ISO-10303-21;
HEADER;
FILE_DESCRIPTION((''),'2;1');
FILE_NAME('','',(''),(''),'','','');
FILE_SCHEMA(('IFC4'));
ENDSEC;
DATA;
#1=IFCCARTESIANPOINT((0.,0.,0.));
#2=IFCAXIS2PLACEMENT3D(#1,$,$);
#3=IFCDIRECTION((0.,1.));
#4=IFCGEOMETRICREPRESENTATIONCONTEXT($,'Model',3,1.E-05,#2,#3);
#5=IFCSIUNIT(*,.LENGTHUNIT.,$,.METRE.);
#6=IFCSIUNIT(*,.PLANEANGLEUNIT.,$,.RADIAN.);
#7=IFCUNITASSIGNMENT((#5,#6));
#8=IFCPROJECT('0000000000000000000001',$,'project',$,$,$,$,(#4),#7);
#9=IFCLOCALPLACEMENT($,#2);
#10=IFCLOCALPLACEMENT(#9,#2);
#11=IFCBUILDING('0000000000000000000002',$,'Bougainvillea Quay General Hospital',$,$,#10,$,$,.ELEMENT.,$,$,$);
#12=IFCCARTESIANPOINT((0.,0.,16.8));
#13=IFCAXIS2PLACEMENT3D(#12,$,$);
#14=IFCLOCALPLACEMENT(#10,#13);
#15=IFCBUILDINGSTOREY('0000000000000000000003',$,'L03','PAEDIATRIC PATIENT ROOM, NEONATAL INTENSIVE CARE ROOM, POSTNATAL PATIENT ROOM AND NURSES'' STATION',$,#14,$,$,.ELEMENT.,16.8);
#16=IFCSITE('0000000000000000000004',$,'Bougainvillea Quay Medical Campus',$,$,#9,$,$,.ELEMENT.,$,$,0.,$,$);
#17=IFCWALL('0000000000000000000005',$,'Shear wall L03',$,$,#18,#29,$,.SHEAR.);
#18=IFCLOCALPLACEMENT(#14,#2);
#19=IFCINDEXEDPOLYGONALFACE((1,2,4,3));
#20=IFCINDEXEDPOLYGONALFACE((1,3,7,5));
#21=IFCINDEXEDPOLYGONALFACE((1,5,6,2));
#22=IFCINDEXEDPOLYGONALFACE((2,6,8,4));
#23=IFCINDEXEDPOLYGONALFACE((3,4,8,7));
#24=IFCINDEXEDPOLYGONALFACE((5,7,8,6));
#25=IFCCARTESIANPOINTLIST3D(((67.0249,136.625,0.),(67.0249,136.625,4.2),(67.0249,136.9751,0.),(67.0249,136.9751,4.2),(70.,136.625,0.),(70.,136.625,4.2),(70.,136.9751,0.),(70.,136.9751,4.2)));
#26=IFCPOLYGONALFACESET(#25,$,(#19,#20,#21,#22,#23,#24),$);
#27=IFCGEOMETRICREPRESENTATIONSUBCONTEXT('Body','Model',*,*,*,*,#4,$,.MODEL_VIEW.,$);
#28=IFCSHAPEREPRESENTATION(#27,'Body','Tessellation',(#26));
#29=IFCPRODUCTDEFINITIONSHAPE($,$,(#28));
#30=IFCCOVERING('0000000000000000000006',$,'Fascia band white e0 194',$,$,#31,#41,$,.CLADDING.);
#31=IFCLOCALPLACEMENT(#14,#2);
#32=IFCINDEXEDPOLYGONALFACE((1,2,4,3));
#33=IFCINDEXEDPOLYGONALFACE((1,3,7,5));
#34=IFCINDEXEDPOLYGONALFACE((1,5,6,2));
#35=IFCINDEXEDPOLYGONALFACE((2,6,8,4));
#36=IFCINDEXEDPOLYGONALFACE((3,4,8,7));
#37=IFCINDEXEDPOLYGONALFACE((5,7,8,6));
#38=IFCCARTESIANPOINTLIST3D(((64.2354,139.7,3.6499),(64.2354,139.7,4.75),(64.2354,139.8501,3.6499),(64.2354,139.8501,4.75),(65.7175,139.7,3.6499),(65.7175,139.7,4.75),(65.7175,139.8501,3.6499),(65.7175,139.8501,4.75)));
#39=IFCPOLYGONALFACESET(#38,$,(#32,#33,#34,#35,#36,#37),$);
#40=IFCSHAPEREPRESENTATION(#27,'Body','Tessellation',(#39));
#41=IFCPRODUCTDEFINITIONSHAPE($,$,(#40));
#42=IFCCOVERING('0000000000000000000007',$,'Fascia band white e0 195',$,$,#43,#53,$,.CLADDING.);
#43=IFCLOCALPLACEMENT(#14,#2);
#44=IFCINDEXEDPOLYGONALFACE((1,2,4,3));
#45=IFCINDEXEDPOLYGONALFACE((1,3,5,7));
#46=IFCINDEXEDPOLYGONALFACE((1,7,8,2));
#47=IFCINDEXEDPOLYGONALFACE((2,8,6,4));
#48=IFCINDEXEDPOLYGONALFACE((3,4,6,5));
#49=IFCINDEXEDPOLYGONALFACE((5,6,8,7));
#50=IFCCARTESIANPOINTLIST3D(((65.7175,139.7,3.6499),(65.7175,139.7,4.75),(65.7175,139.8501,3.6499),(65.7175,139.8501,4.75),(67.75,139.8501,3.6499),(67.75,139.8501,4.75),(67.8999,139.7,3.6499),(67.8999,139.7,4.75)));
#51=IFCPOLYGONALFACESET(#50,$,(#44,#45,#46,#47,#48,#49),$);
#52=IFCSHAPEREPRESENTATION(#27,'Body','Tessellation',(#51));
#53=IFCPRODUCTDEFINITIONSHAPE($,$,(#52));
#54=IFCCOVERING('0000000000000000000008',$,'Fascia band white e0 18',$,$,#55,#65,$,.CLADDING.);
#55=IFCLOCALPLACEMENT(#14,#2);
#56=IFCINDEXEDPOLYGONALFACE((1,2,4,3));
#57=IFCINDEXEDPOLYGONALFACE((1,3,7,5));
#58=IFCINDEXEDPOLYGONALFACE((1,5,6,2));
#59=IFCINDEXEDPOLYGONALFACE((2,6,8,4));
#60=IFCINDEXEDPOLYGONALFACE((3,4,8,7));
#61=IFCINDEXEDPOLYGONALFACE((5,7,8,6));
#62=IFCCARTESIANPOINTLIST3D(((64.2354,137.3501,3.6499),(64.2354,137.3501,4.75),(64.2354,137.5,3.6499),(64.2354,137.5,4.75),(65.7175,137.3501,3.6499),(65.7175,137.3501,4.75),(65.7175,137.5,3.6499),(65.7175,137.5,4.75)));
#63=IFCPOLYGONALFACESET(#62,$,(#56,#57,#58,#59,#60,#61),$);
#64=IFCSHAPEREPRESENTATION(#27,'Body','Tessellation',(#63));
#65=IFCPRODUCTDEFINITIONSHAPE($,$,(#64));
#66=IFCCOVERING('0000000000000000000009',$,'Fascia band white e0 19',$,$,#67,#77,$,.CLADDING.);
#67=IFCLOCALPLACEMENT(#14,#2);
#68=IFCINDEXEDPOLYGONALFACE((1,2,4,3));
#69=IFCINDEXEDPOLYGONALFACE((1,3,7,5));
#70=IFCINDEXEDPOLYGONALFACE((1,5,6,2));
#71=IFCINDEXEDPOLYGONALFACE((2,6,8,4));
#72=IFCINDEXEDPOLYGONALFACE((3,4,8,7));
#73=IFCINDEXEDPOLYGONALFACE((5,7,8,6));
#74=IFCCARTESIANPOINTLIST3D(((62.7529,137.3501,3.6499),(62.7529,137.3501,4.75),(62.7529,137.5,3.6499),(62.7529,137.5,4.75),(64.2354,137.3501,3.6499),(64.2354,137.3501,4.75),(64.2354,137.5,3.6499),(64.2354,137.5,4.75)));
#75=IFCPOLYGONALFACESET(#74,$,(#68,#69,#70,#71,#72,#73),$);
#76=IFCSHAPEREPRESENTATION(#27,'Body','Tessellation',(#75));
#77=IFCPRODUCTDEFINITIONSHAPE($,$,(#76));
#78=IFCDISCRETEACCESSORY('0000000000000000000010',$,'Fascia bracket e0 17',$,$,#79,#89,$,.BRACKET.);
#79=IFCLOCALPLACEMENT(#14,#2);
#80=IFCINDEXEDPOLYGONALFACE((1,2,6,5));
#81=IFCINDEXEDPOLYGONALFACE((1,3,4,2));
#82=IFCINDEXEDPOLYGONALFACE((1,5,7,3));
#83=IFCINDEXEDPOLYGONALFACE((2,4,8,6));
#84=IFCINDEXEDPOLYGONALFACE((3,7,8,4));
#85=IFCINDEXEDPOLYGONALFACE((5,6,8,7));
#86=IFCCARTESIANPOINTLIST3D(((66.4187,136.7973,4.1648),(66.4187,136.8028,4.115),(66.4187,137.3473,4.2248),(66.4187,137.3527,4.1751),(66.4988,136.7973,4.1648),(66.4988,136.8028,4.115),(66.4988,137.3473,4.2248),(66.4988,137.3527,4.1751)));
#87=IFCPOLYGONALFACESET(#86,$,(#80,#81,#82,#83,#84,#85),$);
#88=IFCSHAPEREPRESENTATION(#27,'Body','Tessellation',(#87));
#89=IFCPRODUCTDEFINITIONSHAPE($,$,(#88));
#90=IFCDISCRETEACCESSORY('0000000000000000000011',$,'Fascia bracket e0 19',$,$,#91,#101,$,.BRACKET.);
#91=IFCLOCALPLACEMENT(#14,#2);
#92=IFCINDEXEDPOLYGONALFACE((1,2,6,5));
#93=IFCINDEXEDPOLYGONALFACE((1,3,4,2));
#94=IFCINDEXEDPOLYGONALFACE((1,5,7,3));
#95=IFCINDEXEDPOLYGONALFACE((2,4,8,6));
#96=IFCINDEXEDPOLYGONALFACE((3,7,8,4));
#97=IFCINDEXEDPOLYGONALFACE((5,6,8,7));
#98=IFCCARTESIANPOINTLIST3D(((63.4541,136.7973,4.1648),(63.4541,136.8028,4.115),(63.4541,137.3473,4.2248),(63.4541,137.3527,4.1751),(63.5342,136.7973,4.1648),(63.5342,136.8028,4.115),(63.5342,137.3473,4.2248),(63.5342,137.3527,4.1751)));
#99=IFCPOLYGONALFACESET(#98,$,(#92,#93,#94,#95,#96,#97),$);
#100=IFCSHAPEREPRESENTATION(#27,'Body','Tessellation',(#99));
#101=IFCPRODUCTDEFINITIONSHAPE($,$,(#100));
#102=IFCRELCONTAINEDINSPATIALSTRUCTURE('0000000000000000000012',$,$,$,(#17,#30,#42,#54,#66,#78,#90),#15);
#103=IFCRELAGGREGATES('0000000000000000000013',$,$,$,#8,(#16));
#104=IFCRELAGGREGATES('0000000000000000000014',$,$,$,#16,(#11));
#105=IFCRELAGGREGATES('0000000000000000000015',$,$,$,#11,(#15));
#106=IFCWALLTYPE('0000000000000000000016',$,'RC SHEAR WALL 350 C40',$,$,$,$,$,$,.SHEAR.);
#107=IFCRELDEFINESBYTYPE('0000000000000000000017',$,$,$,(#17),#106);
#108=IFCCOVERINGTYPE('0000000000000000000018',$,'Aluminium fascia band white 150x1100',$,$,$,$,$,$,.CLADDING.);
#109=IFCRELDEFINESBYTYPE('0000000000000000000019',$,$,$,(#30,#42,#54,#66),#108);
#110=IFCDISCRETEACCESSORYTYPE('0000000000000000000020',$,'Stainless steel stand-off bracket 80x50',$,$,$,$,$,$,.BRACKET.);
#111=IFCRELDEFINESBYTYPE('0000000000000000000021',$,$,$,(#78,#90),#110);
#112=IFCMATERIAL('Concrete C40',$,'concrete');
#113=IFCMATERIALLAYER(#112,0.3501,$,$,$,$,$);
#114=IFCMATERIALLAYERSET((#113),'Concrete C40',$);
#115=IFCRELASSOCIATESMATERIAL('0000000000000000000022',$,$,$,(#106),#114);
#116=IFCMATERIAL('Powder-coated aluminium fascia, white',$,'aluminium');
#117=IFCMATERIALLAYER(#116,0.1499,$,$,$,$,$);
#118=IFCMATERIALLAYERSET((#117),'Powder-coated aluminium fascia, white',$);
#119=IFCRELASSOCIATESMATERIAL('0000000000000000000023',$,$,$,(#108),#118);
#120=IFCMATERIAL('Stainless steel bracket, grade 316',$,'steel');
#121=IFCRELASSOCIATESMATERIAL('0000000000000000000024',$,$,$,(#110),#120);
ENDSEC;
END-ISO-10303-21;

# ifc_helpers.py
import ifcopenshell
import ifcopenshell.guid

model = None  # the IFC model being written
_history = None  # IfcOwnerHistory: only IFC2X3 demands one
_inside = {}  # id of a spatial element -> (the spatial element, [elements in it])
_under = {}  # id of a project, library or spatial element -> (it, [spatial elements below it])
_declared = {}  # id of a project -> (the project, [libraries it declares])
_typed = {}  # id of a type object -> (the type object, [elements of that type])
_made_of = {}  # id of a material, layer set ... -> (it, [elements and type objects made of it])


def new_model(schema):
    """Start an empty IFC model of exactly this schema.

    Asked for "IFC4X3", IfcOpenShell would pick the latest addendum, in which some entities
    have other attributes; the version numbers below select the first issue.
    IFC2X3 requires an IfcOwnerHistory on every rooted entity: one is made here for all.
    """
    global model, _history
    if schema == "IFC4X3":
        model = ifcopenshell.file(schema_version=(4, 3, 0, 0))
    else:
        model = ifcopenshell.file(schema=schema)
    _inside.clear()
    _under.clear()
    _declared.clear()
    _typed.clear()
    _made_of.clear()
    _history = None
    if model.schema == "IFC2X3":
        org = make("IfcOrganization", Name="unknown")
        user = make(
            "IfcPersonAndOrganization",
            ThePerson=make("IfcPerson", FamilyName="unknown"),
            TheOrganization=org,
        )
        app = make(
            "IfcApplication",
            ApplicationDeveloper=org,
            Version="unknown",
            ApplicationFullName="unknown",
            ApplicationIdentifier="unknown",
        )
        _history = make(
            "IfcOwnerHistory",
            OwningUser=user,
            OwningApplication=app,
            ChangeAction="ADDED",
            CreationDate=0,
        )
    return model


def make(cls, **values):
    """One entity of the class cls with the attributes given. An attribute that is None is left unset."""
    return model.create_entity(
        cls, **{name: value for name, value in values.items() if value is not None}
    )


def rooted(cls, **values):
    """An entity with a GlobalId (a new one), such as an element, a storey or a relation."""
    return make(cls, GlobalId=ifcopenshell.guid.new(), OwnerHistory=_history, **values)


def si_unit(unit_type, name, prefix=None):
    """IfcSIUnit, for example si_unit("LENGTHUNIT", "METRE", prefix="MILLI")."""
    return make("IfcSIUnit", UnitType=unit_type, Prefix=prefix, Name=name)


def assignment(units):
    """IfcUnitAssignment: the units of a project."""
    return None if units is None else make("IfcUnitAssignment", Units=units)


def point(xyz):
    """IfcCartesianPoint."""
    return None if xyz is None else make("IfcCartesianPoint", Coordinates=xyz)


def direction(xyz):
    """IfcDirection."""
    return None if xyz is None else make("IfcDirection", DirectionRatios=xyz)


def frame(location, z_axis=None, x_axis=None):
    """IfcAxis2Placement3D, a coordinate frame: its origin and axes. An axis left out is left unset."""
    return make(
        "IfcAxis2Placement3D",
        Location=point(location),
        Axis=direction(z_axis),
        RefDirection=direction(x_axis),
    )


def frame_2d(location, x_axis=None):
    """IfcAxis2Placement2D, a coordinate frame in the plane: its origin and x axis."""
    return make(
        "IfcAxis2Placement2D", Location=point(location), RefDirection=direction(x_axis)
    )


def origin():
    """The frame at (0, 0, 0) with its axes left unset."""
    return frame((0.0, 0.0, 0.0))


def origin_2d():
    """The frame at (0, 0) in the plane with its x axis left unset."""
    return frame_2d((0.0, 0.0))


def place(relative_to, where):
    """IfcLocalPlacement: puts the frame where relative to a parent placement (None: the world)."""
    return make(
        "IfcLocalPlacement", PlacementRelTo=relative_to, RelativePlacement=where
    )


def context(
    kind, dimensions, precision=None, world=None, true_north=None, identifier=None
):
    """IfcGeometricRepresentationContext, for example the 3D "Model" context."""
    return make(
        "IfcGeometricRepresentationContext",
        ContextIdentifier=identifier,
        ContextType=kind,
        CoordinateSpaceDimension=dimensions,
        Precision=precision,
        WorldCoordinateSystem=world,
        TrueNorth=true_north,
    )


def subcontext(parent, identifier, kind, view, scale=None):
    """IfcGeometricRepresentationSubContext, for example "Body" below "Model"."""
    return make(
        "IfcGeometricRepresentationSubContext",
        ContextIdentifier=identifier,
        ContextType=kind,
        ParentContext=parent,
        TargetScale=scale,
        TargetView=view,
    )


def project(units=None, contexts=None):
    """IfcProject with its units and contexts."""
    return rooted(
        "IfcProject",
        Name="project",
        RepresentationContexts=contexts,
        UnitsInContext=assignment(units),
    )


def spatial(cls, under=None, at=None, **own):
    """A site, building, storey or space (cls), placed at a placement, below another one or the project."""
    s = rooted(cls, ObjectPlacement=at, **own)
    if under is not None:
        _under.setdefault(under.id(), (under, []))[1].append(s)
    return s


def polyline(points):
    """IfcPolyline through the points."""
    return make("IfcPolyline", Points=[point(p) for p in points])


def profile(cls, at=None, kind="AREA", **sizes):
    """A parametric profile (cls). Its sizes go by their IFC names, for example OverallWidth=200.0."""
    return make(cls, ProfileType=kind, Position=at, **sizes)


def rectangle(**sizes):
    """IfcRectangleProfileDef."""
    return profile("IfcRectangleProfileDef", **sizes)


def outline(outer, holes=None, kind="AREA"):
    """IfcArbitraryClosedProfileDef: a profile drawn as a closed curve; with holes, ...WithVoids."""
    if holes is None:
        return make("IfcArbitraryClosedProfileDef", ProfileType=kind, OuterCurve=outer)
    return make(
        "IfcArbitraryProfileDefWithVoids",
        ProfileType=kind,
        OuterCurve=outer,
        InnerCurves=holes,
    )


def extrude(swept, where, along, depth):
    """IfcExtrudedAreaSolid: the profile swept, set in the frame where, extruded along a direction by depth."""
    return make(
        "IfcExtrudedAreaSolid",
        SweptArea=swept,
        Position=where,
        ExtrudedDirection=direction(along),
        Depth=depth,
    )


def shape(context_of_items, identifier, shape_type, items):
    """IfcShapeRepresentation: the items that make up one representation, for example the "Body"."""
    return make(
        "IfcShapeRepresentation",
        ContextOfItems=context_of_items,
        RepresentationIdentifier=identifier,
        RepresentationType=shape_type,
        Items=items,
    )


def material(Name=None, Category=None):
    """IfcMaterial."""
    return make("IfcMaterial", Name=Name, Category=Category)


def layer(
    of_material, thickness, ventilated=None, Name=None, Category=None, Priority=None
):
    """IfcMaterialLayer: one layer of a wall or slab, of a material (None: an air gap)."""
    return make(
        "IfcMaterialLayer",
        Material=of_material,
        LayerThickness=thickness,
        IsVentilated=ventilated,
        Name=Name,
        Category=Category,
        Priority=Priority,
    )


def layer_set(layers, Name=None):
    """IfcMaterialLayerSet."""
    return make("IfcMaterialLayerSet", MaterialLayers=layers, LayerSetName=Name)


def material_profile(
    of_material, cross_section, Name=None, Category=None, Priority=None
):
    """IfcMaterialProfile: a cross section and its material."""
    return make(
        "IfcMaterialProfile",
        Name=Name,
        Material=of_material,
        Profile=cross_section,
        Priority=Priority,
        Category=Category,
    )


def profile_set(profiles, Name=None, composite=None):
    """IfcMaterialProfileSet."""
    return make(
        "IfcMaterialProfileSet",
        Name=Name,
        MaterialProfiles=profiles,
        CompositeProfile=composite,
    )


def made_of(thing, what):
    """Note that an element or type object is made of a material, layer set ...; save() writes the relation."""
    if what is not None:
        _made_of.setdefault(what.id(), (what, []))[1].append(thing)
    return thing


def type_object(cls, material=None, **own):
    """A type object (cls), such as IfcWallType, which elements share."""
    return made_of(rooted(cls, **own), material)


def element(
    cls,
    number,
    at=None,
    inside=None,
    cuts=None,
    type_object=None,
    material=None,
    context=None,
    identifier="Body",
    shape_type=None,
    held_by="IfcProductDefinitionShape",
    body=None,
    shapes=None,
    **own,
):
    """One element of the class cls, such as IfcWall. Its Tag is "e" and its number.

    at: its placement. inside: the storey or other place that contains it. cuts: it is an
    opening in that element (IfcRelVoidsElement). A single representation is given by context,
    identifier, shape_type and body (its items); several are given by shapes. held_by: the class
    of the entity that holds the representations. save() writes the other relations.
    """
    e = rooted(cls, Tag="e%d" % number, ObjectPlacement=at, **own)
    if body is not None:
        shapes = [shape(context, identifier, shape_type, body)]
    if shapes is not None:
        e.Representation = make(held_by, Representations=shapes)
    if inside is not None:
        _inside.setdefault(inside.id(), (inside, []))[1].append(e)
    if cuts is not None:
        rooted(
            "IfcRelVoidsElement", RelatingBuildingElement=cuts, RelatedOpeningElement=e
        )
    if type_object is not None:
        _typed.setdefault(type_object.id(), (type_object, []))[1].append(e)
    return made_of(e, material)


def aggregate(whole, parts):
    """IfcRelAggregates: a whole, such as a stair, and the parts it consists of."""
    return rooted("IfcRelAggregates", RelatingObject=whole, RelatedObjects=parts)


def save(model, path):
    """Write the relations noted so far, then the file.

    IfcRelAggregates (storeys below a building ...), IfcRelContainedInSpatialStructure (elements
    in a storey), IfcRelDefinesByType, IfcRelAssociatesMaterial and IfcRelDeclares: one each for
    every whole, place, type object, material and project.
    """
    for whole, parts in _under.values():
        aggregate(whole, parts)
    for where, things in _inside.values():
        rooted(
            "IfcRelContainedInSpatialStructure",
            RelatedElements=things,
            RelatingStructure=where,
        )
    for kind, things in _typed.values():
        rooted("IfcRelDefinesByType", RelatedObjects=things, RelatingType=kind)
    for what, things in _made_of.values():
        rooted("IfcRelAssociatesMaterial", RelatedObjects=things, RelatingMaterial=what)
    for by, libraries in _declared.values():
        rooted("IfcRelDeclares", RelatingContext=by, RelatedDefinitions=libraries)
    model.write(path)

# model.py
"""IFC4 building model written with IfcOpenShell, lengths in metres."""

from ifc_helpers import new_model, si_unit, direction, frame, frame_2d, origin, origin_2d, place, context, subcontext, project, spatial, polyline, rectangle, outline, extrude, material, layer, layer_set, material_profile, profile_set, type_object, element, save


model = new_model("IFC4")

# Units and contexts
model_context = context("Model", 3, precision=1e-05, world=origin(), true_north=direction((0.0, 1.0)))
body_context = subcontext(model_context, "Body", "Model", "MODEL_VIEW")
ifc_project = project(units=[si_unit("LENGTHUNIT", "METRE"), si_unit("PLANEANGLEUNIT", "RADIAN")], contexts=[model_context])

# Site, building, storey
site_placement = place(None, origin())
site = spatial("IfcSite", under=ifc_project, at=site_placement, Name="Bougainvillea Quay Medical Campus", CompositionType="ELEMENT", RefElevation=0.0)
building_placement = place(site_placement, origin())
building = spatial("IfcBuilding", under=site, at=building_placement, Name="Bougainvillea Quay General Hospital", CompositionType="ELEMENT")
storey_placement = place(building_placement, frame((0.0, 0.0, 16.8)))
storey = spatial("IfcBuildingStorey", under=building, at=storey_placement, Name="L03", Description="PAEDIATRIC PATIENT ROOM, NEONATAL INTENSIVE CARE ROOM, POSTNATAL PATIENT ROOM AND NURSES' STATION", CompositionType="ELEMENT", Elevation=16.8)

# Shared definitions
ifc_material_1 = material(Name="Concrete C40", Category="concrete")

# Wall
ifc_layer_1 = layer(ifc_material_1, 0.3501)
ifc_layer_set_1 = layer_set([ifc_layer_1], Name="Concrete C40")
wall_type = type_object("IfcWallType", Name="RC SHEAR WALL 350 C40", PredefinedType="SHEAR", material=ifc_layer_set_1)
wall_placement = place(storey_placement, frame((67.0249, 136.8, 0.0), z_axis=(0.0, 0.0, 1.0), x_axis=(1.0, 0.0, 0.0)))
element("IfcWall", 1, at=wall_placement, inside=storey, type_object=wall_type, Name="Shear wall L03", PredefinedType="SHEAR", context=body_context, shape_type="SweptSolid", body=[
    extrude(rectangle(XDim=2.9751, YDim=0.3501, at=frame_2d((1.4875, 0.0))), origin(), (0.0, 0.0, 1.0), 4.2),
])

# Coverings
ifc_material_2 = material(Name="Powder-coated aluminium fascia, white", Category="aluminium")
ifc_layer_2 = layer(ifc_material_2, 0.1499)
ifc_layer_set_2 = layer_set([ifc_layer_2], Name="Powder-coated aluminium fascia, white")
covering_type = type_object("IfcCoveringType", Name="Aluminium fascia band white 150x1100", PredefinedType="CLADDING", material=ifc_layer_set_2)
covering_1_placement = place(storey_placement, frame((64.2354, 139.8501, 3.6499), z_axis=(0.0, 0.0, 1.0), x_axis=(1.0, 0.0, 0.0)))
element("IfcCovering", 2, at=covering_1_placement, inside=storey, type_object=covering_type, Name="Fascia band white e0 194", PredefinedType="CLADDING", context=body_context, shape_type="SweptSolid", body=[
    extrude(outline(polyline([(0.0, 0.0), (1.4822, 0.0), (1.4822, -0.1501), (0.0, -0.1501), (0.0, 0.0)])), origin(), (0.0, 0.0, 1.0), 1.1001),
])
covering_2_placement = place(storey_placement, frame((65.7175, 139.8501, 3.6499), z_axis=(0.0, 0.0, 1.0), x_axis=(1.0, 0.0, 0.0)))
element("IfcCovering", 3, at=covering_2_placement, inside=storey, type_object=covering_type, Name="Fascia band white e0 195", PredefinedType="CLADDING", context=body_context, shape_type="SweptSolid", body=[
    extrude(outline(polyline([(0.0, 0.0), (2.0325, 0.0), (2.1824, -0.1501), (0.0, -0.1501), (0.0, 0.0)])), origin(), (0.0, 0.0, 1.0), 1.1001),
])
covering_3_placement = place(storey_placement, frame((65.7175, 137.3501, 3.6499), z_axis=(0.0, 0.0, 1.0), x_axis=(-1.0, 0.0, 0.0)))
element("IfcCovering", 4, at=covering_3_placement, inside=storey, type_object=covering_type, Name="Fascia band white e0 18", PredefinedType="CLADDING", context=body_context, shape_type="SweptSolid", body=[
    extrude(outline(polyline([(0.0, 0.0), (1.4822, 0.0), (1.4822, -0.1499), (0.0, -0.1499), (0.0, 0.0)])), origin(), (0.0, 0.0, 1.0), 1.1001),
])
covering_4_placement = place(storey_placement, frame((64.2354, 137.3501, 3.6499), z_axis=(0.0, 0.0, 1.0), x_axis=(-1.0, 0.0, 0.0)))
element("IfcCovering", 5, at=covering_4_placement, inside=storey, type_object=covering_type, Name="Fascia band white e0 19", PredefinedType="CLADDING", context=body_context, shape_type="SweptSolid", body=[
    extrude(outline(polyline([(0.0, 0.0), (1.4824, 0.0), (1.4824, -0.1499), (0.0, -0.1499), (0.0, 0.0)])), origin(), (0.0, 0.0, 1.0), 1.1001),
])

# Discrete accessories
ifc_material_3 = material(Name="Stainless steel bracket, grade 316", Category="steel")
ifc_material_profile_1 = material_profile(ifc_material_3, rectangle(XDim=0.0801, YDim=0.05, at=origin_2d()))
ifc_profile_set_1 = profile_set([ifc_material_profile_1], Name="Stainless steel bracket, grade 316")
discrete_accessory_type = type_object("IfcDiscreteAccessoryType", Name="Stainless steel stand-off bracket 80x50", PredefinedType="BRACKET", material=ifc_profile_set_1)
for number, where, z_axis, x_axis, name in (
    (6, (66.4587, 136.8, 4.1399), (0.0, 0.994092, 0.108543), (-1.0, 0.0, 0.0), "Fascia bracket e0 17"),
    (7, (63.4941, 136.8, 4.1399), (0.0, 0.994092, 0.108543), (-1.0, 0.0, 0.0), "Fascia bracket e0 19"),
):
    element("IfcDiscreteAccessory", number, at=place(storey_placement, frame(where, z_axis=z_axis, x_axis=x_axis)), inside=storey, type_object=discrete_accessory_type, Name=name, PredefinedType="BRACKET", context=body_context, shape_type="SweptSolid", body=[
        extrude(rectangle(XDim=0.0801, YDim=0.05, at=origin_2d()), origin(), (0.0, 0.0, 1.0), 0.5532),
    ])

save(model, "model.ifc")
